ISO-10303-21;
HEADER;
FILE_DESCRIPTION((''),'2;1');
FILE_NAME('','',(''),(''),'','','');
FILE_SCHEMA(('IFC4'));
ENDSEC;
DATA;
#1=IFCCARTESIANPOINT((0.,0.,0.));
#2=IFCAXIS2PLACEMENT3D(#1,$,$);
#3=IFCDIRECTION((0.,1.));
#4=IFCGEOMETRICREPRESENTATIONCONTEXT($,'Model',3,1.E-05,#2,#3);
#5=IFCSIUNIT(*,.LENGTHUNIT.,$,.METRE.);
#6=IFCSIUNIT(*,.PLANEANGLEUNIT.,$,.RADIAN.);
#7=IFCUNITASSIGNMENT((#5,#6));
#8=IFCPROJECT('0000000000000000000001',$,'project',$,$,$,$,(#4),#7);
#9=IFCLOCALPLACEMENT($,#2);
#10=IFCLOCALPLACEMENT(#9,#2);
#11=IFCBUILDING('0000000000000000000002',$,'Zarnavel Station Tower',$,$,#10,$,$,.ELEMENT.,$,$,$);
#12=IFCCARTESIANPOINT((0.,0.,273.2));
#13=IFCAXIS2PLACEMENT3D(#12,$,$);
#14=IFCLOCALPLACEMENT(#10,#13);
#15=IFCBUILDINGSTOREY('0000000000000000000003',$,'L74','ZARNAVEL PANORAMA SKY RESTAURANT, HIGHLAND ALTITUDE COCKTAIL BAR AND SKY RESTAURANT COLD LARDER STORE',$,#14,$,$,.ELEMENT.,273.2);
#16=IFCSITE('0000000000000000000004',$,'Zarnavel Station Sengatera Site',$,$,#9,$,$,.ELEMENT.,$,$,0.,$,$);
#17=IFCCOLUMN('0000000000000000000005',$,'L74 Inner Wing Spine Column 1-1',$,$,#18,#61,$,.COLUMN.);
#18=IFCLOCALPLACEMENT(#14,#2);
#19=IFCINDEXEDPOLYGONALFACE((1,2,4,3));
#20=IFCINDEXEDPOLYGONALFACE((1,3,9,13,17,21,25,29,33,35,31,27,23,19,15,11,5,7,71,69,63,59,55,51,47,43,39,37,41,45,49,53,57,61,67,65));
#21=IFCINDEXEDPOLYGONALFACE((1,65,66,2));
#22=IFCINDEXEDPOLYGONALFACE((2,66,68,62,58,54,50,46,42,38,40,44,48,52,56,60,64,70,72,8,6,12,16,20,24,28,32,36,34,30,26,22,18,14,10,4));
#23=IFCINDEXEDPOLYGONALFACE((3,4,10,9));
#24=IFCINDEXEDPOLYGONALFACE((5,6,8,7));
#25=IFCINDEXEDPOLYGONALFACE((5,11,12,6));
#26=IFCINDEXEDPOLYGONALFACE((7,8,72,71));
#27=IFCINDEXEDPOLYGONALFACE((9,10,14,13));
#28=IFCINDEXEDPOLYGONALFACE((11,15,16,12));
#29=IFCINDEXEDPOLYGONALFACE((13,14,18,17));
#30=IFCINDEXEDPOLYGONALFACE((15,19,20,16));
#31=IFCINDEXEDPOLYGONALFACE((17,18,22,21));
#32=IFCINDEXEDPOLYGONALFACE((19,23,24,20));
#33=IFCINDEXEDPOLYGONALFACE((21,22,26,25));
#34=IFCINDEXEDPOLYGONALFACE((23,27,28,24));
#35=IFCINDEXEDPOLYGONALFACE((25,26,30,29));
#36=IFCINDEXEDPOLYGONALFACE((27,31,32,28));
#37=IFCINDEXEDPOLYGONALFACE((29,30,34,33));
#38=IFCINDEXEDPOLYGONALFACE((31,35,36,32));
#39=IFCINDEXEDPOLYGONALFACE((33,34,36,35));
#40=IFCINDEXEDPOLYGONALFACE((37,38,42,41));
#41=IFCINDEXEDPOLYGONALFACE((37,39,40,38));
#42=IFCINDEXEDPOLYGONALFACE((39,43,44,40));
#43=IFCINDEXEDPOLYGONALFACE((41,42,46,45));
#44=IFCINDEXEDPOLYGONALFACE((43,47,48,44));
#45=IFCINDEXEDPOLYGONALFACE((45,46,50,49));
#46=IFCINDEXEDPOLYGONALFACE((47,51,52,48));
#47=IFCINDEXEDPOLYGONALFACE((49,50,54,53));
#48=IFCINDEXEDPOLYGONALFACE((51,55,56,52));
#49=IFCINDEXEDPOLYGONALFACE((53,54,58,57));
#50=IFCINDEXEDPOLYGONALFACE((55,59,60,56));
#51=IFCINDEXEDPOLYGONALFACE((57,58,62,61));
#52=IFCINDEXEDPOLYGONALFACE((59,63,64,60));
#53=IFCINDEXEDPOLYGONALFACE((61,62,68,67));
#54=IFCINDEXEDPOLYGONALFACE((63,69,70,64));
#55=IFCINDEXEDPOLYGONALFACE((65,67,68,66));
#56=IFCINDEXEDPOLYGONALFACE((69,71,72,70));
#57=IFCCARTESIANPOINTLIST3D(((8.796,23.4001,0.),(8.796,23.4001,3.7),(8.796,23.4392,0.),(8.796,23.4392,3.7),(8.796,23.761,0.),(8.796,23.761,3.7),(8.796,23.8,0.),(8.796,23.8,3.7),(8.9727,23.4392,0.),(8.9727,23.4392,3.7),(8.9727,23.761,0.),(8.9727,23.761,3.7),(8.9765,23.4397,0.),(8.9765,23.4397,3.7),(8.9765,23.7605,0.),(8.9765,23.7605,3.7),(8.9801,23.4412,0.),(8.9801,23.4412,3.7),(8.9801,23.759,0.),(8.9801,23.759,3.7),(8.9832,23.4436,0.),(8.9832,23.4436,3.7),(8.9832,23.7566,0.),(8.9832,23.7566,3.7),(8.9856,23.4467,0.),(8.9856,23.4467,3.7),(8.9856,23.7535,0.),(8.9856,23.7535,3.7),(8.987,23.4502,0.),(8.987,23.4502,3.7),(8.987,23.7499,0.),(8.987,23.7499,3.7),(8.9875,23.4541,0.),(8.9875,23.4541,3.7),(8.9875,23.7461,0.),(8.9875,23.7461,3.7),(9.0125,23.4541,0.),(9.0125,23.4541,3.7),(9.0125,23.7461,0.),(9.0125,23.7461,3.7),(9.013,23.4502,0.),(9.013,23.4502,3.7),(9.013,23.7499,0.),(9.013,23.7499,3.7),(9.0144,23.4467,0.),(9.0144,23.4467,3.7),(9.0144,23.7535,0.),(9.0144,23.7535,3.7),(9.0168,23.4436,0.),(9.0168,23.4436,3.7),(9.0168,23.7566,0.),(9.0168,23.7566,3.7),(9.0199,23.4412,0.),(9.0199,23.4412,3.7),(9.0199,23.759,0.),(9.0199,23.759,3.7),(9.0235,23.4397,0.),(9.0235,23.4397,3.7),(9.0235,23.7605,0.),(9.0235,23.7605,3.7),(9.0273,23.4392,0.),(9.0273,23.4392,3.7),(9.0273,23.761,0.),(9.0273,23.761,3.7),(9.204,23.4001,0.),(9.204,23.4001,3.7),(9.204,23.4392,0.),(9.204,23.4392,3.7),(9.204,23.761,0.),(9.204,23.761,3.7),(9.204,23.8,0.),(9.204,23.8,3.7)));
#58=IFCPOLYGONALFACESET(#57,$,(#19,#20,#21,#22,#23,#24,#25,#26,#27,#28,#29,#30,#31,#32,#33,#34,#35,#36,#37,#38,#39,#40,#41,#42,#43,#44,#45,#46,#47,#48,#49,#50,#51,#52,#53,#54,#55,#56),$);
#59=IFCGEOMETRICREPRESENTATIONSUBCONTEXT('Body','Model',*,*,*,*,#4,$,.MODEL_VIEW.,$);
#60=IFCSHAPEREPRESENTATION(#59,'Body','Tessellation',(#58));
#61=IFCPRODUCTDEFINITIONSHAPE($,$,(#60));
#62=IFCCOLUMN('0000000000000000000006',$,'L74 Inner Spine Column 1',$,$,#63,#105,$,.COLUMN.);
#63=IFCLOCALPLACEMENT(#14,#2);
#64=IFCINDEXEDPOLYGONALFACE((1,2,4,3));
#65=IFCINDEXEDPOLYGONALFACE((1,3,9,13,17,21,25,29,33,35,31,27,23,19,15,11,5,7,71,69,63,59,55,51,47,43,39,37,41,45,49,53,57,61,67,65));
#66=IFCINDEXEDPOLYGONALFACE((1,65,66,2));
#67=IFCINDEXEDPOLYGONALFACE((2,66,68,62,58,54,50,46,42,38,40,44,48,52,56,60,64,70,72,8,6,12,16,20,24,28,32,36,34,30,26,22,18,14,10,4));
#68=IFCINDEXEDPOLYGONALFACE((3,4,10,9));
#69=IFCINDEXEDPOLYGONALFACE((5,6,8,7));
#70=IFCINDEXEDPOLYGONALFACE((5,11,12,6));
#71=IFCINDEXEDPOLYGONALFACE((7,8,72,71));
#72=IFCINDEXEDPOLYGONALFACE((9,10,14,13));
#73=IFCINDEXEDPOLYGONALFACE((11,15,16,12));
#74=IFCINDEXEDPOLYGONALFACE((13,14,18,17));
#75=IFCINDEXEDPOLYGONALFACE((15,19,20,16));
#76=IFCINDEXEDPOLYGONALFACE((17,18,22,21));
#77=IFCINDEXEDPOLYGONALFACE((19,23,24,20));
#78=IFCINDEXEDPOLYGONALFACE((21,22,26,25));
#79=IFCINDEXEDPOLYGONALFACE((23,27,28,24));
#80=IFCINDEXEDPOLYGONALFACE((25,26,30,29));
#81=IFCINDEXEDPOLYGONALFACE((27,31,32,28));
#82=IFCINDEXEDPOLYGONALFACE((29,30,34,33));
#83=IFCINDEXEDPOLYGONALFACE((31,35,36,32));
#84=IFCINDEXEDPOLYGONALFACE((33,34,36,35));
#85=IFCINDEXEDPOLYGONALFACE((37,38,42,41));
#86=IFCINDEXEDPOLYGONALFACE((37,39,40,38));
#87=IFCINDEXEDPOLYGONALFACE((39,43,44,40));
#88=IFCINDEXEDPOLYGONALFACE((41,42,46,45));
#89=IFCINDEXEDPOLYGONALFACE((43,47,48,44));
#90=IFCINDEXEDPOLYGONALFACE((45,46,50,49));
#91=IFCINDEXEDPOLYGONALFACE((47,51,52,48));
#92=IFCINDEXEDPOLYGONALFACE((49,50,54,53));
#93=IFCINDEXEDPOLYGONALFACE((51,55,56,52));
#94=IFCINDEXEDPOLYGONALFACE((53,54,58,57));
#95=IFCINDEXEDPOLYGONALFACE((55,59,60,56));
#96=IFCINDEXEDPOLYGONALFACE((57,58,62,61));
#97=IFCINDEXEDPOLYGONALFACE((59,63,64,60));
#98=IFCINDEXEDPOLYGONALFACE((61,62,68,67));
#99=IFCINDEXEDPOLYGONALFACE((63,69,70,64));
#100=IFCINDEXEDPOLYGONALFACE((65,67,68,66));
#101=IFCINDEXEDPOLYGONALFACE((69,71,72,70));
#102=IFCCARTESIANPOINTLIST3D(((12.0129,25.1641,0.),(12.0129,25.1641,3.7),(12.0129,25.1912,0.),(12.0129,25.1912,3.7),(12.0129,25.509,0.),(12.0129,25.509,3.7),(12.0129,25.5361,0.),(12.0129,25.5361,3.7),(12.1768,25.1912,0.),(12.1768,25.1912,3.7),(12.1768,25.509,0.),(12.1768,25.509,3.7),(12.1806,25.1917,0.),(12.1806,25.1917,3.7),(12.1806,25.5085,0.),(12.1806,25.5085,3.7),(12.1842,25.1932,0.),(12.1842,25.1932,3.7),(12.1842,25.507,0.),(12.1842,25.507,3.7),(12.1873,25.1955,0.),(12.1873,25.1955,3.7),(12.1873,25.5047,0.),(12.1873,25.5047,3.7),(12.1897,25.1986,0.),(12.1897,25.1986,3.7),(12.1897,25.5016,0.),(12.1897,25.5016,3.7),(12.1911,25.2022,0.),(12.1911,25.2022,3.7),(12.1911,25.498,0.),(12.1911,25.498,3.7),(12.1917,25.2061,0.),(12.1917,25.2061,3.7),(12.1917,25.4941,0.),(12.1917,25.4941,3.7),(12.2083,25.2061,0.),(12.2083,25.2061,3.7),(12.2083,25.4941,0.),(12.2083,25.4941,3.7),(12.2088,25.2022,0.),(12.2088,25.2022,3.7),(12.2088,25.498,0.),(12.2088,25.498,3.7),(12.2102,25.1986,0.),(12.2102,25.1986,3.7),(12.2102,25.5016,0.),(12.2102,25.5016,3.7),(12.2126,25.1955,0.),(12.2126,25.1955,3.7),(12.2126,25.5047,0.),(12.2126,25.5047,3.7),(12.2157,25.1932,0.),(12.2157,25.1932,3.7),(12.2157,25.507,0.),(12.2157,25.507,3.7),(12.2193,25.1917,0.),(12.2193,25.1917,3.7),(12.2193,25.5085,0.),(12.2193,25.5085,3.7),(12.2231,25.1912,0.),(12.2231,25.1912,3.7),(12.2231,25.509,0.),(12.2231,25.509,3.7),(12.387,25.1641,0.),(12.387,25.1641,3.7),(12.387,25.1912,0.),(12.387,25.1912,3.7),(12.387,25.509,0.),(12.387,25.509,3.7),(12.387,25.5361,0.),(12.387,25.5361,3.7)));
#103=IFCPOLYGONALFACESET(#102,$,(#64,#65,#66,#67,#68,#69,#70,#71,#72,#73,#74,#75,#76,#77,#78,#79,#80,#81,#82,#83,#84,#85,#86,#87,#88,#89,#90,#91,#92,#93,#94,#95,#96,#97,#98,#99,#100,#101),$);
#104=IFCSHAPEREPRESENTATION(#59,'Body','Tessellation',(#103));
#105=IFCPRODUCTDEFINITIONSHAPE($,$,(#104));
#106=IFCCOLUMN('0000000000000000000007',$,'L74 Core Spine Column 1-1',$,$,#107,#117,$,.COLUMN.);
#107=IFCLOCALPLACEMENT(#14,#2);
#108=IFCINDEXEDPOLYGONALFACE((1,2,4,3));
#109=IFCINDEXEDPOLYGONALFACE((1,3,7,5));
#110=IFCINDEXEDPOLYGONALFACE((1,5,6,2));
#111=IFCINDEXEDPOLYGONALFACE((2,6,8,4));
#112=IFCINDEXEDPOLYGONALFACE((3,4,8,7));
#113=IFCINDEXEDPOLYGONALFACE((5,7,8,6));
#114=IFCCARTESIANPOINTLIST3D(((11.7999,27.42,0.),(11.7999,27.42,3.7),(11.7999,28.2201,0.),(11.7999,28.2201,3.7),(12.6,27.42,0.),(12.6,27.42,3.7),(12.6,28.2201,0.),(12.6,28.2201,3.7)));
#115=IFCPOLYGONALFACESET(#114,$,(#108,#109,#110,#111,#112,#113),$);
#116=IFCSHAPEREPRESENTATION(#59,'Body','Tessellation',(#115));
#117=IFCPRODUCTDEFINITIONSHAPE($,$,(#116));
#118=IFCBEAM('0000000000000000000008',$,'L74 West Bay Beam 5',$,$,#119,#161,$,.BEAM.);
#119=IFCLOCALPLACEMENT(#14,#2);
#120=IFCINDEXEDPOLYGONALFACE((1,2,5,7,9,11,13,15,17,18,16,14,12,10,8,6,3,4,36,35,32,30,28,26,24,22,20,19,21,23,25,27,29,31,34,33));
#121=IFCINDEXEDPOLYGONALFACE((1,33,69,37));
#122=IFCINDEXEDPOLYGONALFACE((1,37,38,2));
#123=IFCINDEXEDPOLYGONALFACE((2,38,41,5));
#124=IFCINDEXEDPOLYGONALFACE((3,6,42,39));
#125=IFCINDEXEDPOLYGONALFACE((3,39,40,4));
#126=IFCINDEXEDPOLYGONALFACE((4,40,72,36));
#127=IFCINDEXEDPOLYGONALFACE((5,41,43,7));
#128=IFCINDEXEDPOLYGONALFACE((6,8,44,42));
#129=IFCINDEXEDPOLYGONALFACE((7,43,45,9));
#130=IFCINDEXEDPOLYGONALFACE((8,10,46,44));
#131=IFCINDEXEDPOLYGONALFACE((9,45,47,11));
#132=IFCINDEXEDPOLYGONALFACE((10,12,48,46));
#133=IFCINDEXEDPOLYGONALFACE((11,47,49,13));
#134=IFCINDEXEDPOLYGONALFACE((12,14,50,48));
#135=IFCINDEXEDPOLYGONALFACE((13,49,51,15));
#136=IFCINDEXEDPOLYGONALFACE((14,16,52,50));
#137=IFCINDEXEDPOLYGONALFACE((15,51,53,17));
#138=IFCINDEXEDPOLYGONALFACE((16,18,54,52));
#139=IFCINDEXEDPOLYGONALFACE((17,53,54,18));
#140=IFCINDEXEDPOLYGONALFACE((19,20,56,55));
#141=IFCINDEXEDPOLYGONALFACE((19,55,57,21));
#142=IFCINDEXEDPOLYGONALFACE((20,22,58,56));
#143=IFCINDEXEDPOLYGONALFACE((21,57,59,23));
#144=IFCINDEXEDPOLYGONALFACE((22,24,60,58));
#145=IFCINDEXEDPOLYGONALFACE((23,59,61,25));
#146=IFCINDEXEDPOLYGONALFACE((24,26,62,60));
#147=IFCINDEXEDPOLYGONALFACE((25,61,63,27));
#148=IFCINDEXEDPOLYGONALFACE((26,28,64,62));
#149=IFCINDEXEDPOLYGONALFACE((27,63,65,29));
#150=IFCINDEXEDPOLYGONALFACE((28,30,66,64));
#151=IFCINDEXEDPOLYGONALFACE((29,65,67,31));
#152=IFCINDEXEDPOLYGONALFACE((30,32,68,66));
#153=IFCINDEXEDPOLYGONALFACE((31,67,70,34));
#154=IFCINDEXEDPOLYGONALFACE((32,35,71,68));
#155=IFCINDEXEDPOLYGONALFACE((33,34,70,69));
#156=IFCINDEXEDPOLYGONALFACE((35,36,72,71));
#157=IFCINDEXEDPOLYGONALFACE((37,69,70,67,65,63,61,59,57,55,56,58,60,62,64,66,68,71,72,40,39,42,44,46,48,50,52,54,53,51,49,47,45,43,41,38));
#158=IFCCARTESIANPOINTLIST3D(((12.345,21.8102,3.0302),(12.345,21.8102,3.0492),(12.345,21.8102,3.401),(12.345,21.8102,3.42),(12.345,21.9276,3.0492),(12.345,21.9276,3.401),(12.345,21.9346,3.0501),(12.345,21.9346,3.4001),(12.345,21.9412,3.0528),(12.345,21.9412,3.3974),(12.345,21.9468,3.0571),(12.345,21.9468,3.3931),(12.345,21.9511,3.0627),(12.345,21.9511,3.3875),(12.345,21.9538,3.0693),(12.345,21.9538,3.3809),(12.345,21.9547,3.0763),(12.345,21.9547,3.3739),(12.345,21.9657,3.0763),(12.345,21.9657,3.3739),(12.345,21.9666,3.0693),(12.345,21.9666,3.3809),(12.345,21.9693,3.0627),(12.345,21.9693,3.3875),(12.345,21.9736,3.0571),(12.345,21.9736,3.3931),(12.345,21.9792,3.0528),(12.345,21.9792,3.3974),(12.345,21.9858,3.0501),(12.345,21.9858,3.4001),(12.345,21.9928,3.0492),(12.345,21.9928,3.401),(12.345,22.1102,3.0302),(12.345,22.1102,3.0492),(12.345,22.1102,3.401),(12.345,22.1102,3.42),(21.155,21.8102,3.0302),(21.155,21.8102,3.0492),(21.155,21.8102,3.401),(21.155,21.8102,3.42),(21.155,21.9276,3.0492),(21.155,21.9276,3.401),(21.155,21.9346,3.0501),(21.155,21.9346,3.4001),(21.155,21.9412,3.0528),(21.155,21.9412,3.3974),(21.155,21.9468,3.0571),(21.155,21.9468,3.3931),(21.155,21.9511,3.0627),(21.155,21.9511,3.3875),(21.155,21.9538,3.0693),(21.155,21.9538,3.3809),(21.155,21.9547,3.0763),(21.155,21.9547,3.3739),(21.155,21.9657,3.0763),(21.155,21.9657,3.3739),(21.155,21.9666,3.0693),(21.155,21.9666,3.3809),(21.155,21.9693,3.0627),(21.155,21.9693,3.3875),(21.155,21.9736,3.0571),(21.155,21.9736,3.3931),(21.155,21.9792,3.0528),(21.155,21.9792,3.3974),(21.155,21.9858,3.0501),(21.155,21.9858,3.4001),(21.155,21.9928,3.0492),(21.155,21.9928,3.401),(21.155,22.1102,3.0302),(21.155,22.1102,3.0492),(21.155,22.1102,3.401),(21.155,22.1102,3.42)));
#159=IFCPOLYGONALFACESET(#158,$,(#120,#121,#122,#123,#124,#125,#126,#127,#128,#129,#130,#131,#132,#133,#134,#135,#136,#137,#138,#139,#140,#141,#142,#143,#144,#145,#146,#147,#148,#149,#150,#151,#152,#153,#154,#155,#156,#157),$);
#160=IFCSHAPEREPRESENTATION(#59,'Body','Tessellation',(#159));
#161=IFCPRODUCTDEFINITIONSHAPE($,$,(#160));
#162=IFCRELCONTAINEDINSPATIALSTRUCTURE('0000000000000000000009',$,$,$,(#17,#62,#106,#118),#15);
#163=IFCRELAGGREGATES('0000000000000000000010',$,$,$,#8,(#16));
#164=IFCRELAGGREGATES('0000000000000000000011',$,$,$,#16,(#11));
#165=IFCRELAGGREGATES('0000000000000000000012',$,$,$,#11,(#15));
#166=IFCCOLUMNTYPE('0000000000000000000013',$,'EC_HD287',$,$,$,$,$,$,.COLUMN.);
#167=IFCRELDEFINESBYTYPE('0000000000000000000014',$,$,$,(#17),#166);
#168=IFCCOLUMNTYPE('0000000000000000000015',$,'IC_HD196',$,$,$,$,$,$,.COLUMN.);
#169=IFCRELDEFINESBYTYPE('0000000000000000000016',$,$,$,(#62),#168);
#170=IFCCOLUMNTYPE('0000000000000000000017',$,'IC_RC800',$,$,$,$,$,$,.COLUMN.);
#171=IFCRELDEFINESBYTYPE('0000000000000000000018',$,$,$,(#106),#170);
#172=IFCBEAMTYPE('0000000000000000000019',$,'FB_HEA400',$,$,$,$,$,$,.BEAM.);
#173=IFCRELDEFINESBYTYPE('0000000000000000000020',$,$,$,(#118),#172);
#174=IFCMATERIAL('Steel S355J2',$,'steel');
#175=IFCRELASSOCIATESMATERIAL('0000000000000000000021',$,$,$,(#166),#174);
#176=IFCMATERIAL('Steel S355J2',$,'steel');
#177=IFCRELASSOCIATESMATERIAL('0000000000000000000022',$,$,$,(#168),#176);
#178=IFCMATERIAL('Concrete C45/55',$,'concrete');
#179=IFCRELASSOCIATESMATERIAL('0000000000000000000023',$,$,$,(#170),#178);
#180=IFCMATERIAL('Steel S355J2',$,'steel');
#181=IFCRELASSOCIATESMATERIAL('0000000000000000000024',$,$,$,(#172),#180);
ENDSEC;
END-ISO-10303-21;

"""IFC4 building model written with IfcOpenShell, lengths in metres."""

from ifc_helpers import new_model, si_unit, direction, frame, origin, origin_2d, place, context, subcontext, project, spatial, rectangle, i_section, extrude, material, material_profile, profile_set, type_object, element, save


model = new_model("IFC4")

# Units and contexts
model_context = context("Model", 3, precision=1e-05, world=origin(), true_north=direction((0.0, 1.0)))
body_context = subcontext(model_context, "Body", "Model", "MODEL_VIEW")
ifc_project = project(units=[si_unit("LENGTHUNIT", "METRE"), si_unit("PLANEANGLEUNIT", "RADIAN")], contexts=[model_context])

# Site, building, storey
site_placement = place(None, origin())
site = spatial("IfcSite", under=ifc_project, at=site_placement, Name="Zarnavel Station Sengatera Site", CompositionType="ELEMENT", RefElevation=0.0)
building_placement = place(site_placement, origin())
building = spatial("IfcBuilding", under=site, at=building_placement, Name="Zarnavel Station Tower", CompositionType="ELEMENT")
storey_placement = place(building_placement, frame((0.0, 0.0, 273.2)))
storey = spatial("IfcBuildingStorey", under=building, at=storey_placement, Name="L74", Description="ZARNAVEL PANORAMA SKY RESTAURANT, HIGHLAND ALTITUDE COCKTAIL BAR AND SKY RESTAURANT COLD LARDER STORE", CompositionType="ELEMENT", Elevation=273.2)

# Columns
ifc_material_1 = material(Name="Steel S355J2", Category="steel")
ifc_material_profile_1 = material_profile(ifc_material_1, i_section(OverallWidth=0.408, OverallDepth=0.3999, WebThickness=0.0249, FlangeThickness=0.0391, FilletRadius=0.0149, at=origin_2d()), Name="HD400x287")
ifc_profile_set_1 = profile_set([ifc_material_profile_1], Name="Steel S355J2")
column_type_1 = type_object("IfcColumnType", Name="EC_HD287", PredefinedType="COLUMN", material=ifc_profile_set_1)
column_1_placement = place(storey_placement, frame((9.0, 23.6001, 0.0), z_axis=(0.0, 0.0, 1.0), x_axis=(1.0, 0.0, 0.0)))
element("IfcColumn", 1, at=column_1_placement, inside=storey, type_object=column_type_1, Name="L74 Inner Wing Spine Column 1-1", PredefinedType="COLUMN", context=body_context, shape_type="SweptSolid", body=[
    extrude(i_section(OverallWidth=0.408, OverallDepth=0.3999, WebThickness=0.0249, FlangeThickness=0.0391, FilletRadius=0.0149, at=origin_2d()), origin(), (0.0, 0.0, 1.0), 3.7),
])
ifc_material_2 = material(Name="Steel S355J2", Category="steel")
ifc_material_profile_2 = material_profile(ifc_material_2, i_section(OverallWidth=0.374, OverallDepth=0.3721, WebThickness=0.0166, FlangeThickness=0.0271, FilletRadius=0.0149, at=origin_2d()), Name="HD360x196")
ifc_profile_set_2 = profile_set([ifc_material_profile_2], Name="Steel S355J2")
column_type_2 = type_object("IfcColumnType", Name="IC_HD196", PredefinedType="COLUMN", material=ifc_profile_set_2)
column_2_placement = place(storey_placement, frame((12.2, 25.3501, 0.0), z_axis=(0.0, 0.0, 1.0), x_axis=(1.0, 0.0, 0.0)))
element("IfcColumn", 2, at=column_2_placement, inside=storey, type_object=column_type_2, Name="L74 Inner Spine Column 1", PredefinedType="COLUMN", context=body_context, shape_type="SweptSolid", body=[
    extrude(i_section(OverallWidth=0.374, OverallDepth=0.3721, WebThickness=0.0166, FlangeThickness=0.0271, FilletRadius=0.0149, at=origin_2d()), origin(), (0.0, 0.0, 1.0), 3.7),
])
ifc_material_3 = material(Name="Concrete C45/55", Category="concrete")
ifc_material_profile_3 = material_profile(ifc_material_3, rectangle(XDim=0.8, YDim=0.8, at=origin_2d()), Name="RC800x800")
ifc_profile_set_3 = profile_set([ifc_material_profile_3], Name="Concrete C45/55")
column_type_3 = type_object("IfcColumnType", Name="IC_RC800", PredefinedType="COLUMN", material=ifc_profile_set_3)
column_3_placement = place(storey_placement, frame((12.2, 27.8201, 0.0), z_axis=(0.0, 0.0, 1.0), x_axis=(1.0, 0.0, 0.0)))
element("IfcColumn", 3, at=column_3_placement, inside=storey, type_object=column_type_3, Name="L74 Core Spine Column 1-1", PredefinedType="COLUMN", context=body_context, shape_type="SweptSolid", body=[
    extrude(rectangle(XDim=0.8, YDim=0.8, at=origin_2d()), origin(), (0.0, 0.0, 1.0), 3.7),
])

# Beam
ifc_material_4 = material(Name="Steel S355J2", Category="steel")
ifc_material_profile_4 = material_profile(ifc_material_4, i_section(OverallWidth=0.3, OverallDepth=0.3899, WebThickness=0.011, FlangeThickness=0.019, FilletRadius=0.0271, at=origin_2d()), Name="HEA400")
ifc_profile_set_4 = profile_set([ifc_material_profile_4], Name="Steel S355J2")
beam_type_1 = type_object("IfcBeamType", Name="FB_HEA400", PredefinedType="BEAM", material=ifc_profile_set_4)
beam_1_placement = place(storey_placement, frame((12.345, 21.9602, 3.2251), z_axis=(1.0, 0.0, 0.0), x_axis=(0.0, 1.0, 0.0)))
element("IfcBeam", 4, at=beam_1_placement, inside=storey, type_object=beam_type_1, Name="L74 West Bay Beam 5", PredefinedType="BEAM", context=body_context, shape_type="SweptSolid", body=[
    extrude(i_section(OverallWidth=0.3, OverallDepth=0.3899, WebThickness=0.011, FlangeThickness=0.019, FilletRadius=0.0271, at=origin_2d()), origin(), (0.0, 0.0, 1.0), 8.8101),
])

save(model, "model.ifc")
